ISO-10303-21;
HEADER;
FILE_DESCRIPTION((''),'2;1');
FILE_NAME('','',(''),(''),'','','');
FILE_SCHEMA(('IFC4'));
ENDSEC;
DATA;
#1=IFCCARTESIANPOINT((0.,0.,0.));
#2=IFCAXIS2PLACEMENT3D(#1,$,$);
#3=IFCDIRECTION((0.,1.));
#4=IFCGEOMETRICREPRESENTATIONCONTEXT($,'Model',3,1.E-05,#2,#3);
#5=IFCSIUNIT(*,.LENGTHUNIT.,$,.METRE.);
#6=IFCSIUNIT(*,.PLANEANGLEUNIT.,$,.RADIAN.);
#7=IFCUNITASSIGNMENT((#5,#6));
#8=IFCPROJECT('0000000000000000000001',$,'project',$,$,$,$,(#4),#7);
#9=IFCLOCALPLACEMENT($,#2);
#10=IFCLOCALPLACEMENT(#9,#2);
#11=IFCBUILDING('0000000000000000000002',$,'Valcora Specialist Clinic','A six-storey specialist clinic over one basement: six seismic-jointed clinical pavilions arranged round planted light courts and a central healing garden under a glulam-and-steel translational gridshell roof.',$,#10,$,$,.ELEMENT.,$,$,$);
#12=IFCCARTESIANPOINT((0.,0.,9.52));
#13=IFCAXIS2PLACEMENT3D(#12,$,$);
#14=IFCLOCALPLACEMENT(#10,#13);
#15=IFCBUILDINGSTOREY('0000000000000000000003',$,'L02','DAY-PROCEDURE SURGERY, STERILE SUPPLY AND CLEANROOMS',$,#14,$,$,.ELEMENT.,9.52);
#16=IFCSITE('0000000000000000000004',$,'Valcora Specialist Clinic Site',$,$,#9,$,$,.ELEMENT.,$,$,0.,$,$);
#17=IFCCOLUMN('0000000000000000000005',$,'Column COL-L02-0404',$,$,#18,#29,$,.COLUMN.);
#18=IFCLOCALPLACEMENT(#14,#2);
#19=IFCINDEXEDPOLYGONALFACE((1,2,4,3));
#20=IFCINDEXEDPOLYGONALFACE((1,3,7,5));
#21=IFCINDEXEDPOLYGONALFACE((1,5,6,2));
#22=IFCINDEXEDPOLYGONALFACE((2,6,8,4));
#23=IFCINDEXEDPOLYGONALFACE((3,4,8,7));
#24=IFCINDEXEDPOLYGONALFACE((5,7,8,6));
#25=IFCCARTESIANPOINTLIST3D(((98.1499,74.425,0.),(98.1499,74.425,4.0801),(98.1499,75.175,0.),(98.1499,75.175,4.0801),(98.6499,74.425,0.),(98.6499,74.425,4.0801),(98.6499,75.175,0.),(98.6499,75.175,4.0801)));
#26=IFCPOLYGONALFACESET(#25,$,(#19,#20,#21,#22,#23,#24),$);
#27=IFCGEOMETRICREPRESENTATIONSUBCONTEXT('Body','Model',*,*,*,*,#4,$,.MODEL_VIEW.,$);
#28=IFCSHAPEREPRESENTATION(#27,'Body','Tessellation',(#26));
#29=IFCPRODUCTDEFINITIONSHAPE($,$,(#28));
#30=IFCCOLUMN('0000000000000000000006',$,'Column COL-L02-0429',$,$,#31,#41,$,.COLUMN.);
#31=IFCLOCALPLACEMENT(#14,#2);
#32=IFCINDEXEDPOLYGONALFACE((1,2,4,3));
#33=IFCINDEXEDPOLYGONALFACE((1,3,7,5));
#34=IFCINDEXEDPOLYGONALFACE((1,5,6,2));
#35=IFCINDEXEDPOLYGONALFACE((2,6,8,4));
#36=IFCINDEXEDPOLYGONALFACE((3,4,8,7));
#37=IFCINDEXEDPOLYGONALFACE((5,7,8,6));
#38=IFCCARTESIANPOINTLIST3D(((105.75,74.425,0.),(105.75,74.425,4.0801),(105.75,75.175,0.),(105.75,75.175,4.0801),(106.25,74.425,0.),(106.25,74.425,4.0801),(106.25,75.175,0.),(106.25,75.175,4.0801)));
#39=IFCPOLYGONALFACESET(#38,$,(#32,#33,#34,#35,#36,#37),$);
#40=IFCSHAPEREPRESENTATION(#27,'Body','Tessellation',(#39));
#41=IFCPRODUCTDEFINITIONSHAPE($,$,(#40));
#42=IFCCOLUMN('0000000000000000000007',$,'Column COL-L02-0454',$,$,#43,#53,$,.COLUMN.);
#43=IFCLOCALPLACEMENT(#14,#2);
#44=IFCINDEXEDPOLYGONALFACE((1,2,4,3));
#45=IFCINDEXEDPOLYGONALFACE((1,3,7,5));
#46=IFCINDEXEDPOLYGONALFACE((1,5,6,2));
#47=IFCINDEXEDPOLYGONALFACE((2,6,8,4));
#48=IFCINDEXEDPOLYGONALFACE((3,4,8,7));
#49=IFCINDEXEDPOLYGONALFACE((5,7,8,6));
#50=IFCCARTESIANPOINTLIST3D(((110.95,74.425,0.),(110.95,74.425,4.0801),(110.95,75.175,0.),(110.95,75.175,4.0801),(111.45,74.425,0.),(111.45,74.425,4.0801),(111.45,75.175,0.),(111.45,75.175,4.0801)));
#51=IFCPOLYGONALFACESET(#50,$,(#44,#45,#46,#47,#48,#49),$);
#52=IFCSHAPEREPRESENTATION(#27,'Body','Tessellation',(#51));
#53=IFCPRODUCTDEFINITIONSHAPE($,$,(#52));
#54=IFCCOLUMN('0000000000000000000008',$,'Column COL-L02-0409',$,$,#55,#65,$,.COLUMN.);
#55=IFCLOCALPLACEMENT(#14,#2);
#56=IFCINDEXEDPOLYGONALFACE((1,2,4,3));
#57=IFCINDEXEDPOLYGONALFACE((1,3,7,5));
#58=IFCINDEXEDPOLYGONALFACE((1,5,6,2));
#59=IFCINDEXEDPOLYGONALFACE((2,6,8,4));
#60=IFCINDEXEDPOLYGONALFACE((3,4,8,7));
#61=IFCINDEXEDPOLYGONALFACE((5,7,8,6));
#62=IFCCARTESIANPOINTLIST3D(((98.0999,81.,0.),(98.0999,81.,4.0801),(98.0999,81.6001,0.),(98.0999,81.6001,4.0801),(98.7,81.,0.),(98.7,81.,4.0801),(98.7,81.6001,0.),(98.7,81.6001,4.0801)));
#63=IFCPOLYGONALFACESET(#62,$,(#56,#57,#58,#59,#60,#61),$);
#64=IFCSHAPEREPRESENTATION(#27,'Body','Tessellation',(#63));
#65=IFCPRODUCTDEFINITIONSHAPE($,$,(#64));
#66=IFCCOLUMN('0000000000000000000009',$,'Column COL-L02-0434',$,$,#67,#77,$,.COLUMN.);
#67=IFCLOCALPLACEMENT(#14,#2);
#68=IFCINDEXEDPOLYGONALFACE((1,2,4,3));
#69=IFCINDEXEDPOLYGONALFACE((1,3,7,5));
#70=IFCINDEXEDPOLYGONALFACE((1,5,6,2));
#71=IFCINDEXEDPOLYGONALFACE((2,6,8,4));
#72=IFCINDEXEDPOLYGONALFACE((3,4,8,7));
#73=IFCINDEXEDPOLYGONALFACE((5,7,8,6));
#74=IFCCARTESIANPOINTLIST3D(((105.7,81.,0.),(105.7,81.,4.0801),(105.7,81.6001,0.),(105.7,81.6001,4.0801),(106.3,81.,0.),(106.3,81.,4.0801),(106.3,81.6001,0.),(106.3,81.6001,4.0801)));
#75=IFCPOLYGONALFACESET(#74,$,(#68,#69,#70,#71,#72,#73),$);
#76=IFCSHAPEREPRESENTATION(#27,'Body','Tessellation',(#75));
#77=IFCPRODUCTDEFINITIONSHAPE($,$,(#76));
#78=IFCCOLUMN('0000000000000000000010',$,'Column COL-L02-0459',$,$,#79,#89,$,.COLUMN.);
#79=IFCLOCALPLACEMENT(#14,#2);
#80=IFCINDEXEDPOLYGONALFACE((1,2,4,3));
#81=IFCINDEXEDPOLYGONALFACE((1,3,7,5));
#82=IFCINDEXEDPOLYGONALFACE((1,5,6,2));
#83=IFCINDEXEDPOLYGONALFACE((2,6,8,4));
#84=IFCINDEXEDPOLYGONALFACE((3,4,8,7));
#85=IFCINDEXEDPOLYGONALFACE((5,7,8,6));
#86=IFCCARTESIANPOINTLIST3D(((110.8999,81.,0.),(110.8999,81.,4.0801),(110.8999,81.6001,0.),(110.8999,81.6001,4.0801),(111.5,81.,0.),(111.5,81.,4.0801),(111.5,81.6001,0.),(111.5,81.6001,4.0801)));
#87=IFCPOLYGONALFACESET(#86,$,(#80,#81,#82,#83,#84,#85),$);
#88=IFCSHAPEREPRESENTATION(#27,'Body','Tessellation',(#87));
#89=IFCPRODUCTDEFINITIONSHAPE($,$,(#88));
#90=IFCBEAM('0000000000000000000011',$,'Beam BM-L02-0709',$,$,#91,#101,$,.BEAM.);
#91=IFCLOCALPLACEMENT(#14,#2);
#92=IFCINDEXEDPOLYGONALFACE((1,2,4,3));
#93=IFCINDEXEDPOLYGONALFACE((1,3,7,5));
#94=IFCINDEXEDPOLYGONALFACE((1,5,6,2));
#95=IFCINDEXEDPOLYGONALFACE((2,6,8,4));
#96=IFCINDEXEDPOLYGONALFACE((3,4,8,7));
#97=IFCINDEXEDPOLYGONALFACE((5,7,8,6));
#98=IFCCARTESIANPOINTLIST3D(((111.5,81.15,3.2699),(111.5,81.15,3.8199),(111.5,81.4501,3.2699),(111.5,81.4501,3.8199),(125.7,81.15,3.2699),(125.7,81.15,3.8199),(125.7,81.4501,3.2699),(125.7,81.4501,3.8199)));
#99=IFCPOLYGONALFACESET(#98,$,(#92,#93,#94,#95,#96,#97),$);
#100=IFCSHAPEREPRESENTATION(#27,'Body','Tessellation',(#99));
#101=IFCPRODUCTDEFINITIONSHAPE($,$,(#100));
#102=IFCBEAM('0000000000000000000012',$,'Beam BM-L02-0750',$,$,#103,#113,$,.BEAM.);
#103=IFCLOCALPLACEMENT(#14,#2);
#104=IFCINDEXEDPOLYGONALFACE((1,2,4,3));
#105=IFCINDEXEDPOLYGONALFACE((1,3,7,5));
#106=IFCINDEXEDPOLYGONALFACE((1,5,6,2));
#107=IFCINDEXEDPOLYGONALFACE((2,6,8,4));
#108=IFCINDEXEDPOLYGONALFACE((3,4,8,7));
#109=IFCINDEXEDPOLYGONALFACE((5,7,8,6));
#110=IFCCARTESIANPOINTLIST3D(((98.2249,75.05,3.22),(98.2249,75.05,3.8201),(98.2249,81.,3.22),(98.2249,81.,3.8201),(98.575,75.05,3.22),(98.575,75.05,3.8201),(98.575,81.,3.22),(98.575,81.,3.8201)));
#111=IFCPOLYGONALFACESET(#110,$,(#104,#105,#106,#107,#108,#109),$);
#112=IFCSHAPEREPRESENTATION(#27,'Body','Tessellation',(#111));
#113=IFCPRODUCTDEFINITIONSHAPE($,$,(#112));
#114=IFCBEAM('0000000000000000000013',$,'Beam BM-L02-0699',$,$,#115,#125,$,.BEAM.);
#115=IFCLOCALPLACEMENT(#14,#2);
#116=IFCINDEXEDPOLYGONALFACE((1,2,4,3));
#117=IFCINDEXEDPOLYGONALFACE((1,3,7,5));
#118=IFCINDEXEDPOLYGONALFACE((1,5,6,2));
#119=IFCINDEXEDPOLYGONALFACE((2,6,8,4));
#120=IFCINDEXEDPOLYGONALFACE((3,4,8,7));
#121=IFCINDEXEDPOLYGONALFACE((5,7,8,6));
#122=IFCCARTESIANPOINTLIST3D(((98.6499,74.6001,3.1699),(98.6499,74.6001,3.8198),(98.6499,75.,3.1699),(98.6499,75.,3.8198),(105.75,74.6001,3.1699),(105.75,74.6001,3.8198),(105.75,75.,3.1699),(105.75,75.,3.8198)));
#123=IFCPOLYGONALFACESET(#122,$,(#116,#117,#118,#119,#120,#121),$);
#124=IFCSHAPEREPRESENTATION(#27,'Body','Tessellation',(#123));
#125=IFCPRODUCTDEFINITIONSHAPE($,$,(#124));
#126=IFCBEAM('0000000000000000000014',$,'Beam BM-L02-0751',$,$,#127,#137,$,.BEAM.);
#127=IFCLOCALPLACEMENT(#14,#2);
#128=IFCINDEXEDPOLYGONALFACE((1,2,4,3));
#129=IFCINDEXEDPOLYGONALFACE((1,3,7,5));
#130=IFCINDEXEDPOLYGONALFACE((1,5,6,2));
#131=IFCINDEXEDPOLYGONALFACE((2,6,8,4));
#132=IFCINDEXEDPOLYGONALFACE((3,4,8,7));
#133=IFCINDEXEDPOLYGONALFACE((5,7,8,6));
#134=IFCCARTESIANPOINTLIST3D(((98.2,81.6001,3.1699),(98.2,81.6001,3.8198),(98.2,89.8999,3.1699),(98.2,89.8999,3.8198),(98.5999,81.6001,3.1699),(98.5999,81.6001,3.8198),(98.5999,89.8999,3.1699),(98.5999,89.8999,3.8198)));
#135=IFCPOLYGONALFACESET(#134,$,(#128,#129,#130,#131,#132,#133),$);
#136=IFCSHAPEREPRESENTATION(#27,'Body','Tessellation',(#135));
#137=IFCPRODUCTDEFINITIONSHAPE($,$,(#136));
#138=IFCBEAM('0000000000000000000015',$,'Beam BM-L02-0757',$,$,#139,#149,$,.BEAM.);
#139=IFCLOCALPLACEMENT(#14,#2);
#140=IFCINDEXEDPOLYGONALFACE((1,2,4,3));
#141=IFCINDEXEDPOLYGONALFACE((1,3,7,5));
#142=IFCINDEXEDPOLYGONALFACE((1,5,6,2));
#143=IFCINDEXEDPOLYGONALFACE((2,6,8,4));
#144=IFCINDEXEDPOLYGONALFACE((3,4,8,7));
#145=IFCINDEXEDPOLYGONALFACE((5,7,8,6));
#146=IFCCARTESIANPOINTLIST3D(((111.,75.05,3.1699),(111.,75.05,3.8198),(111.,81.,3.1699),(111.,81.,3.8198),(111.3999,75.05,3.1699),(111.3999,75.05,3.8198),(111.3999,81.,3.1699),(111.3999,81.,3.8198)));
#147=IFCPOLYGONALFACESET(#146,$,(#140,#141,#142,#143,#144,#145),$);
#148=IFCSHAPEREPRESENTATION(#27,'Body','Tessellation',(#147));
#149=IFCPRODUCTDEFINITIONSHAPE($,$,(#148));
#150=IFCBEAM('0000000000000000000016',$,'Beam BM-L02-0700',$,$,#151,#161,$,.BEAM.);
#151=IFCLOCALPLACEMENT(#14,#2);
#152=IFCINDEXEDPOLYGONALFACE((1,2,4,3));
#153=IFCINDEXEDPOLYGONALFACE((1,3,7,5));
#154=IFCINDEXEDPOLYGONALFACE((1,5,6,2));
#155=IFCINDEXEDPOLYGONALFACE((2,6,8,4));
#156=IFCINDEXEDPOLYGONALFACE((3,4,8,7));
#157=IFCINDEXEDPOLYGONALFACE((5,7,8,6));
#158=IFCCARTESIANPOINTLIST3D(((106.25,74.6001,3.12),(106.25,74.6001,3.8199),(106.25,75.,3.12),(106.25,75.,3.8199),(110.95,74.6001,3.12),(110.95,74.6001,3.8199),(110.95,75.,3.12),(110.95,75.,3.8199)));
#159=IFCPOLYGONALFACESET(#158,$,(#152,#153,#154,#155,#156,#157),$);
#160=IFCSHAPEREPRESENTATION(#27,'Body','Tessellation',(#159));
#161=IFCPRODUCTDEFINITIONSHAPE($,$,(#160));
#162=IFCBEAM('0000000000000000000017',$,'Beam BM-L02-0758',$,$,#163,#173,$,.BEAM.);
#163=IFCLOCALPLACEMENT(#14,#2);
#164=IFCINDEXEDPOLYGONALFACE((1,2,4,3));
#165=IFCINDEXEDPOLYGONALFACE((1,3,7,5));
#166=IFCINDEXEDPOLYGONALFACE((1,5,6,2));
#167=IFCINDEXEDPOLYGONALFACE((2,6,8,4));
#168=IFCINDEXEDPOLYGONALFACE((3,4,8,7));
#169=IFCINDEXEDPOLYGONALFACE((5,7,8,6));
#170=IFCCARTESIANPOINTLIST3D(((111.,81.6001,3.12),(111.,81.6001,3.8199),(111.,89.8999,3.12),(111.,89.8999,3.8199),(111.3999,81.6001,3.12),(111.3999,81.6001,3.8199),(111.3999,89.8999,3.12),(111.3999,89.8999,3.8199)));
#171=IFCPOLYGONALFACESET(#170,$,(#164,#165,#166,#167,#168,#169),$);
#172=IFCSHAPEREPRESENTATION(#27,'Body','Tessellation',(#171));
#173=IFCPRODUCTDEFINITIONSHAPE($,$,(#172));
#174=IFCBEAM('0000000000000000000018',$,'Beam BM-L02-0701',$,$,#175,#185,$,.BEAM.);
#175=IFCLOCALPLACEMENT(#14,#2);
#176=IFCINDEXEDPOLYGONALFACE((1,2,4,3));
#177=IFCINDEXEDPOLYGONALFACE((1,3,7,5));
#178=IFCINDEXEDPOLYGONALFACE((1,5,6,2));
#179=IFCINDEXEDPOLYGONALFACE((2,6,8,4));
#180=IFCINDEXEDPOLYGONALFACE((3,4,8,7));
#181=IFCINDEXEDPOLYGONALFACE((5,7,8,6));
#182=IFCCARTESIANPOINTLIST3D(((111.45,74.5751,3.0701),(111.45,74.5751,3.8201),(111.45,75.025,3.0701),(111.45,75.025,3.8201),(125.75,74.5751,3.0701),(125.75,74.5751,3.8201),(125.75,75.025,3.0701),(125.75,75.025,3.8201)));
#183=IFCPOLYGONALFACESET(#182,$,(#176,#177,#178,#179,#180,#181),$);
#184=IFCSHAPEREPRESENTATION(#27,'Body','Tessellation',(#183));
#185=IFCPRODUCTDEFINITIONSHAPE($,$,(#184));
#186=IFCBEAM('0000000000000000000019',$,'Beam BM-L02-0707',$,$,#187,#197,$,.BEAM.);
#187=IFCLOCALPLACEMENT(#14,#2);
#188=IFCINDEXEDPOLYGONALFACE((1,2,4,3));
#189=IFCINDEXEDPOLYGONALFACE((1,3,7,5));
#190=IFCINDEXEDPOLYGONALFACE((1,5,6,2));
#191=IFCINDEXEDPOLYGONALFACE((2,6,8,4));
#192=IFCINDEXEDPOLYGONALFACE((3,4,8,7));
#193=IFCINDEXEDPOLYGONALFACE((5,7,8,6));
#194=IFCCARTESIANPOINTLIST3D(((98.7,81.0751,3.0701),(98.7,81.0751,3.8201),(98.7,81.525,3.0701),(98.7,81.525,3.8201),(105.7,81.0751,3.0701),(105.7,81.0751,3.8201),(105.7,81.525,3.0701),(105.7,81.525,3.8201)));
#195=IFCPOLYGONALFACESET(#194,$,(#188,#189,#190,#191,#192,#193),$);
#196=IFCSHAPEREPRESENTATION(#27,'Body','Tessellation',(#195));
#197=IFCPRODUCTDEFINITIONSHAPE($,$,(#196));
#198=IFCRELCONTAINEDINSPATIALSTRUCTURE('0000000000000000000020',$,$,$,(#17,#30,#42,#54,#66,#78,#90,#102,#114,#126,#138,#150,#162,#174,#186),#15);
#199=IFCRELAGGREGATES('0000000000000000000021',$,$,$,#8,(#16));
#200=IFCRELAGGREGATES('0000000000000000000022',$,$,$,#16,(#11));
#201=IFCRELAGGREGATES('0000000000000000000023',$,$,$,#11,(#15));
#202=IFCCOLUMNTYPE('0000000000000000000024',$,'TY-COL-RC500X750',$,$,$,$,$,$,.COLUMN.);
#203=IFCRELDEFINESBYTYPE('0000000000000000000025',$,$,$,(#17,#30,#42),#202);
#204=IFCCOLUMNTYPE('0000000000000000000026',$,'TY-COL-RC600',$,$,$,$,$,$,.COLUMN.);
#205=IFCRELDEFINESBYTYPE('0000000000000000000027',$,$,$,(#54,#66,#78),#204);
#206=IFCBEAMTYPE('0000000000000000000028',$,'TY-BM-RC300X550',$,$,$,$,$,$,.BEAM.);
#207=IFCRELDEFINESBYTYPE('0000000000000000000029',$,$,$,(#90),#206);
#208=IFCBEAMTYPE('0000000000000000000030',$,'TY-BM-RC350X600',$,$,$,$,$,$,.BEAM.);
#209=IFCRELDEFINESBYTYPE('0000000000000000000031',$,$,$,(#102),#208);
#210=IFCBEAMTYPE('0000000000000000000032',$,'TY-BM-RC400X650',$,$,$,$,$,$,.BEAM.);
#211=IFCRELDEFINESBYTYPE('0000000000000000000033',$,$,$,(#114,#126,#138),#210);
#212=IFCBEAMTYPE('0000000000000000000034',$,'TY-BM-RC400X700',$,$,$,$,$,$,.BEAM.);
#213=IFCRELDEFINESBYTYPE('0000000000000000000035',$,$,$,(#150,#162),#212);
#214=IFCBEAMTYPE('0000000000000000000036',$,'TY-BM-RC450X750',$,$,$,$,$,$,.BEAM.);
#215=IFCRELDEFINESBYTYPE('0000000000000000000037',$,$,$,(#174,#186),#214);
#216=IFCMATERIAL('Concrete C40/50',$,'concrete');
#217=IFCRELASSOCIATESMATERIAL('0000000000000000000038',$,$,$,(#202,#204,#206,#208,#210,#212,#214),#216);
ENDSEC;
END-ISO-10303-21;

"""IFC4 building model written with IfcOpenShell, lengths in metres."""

from ifc_helpers import new_model, si_unit, direction, frame, origin, origin_2d, place, context, subcontext, project, spatial, rectangle, extrude, material, material_profile, profile_set, type_object, element, save


model = new_model("IFC4")

# Units and contexts
model_context = context("Model", 3, precision=1e-05, world=origin(), true_north=direction((0.0, 1.0)))
body_context = subcontext(model_context, "Body", "Model", "MODEL_VIEW")
ifc_project = project(units=[si_unit("LENGTHUNIT", "METRE"), si_unit("PLANEANGLEUNIT", "RADIAN")], contexts=[model_context])

# Site, building, storey
site_placement = place(None, origin())
site = spatial("IfcSite", under=ifc_project, at=site_placement, Name="Valcora Specialist Clinic Site", CompositionType="ELEMENT", RefElevation=0.0)
building_placement = place(site_placement, origin())
building = spatial("IfcBuilding", under=site, at=building_placement, Name="Valcora Specialist Clinic", Description="A six-storey specialist clinic over one basement: six seismic-jointed clinical pavilions arranged round planted light courts and a central healing garden under a glulam-and-steel translational gridshell roof.", CompositionType="ELEMENT")
storey_placement = place(building_placement, frame((0.0, 0.0, 9.52)))
storey = spatial("IfcBuildingStorey", under=building, at=storey_placement, Name="L02", Description="DAY-PROCEDURE SURGERY, STERILE SUPPLY AND CLEANROOMS", CompositionType="ELEMENT", Elevation=9.52)

# Columns
ifc_material_1 = material(Name="Concrete C40/50", Category="concrete")
ifc_material_profile_1 = material_profile(ifc_material_1, rectangle(XDim=0.5, YDim=0.75, at=origin_2d()), Name="RC-COL-500X750")
ifc_profile_set_1 = profile_set([ifc_material_profile_1], Name="Concrete C40/50")
column_type_1 = type_object("IfcColumnType", Name="TY-COL-RC500X750", PredefinedType="COLUMN", material=ifc_profile_set_1)
for number, where, z_axis, x_axis, name in (
    (1, (98.3999, 74.8, 0.0), (0.0, 0.0, 1.0), (1.0, 0.0, 0.0), "Column COL-L02-0404"),
    (2, (106.0, 74.8, 0.0), (0.0, 0.0, 1.0), (1.0, 0.0, 0.0), "Column COL-L02-0429"),
    (3, (111.2, 74.8, 0.0), (0.0, 0.0, 1.0), (1.0, 0.0, 0.0), "Column COL-L02-0454"),
):
    element("IfcColumn", number, at=place(storey_placement, frame(where, z_axis=z_axis, x_axis=x_axis)), inside=storey, type_object=column_type_1, Name=name, PredefinedType="COLUMN", context=body_context, shape_type="SweptSolid", body=[
        extrude(rectangle(XDim=0.5, YDim=0.75, at=origin_2d()), origin(), (0.0, 0.0, 1.0), 4.0801),
    ])
ifc_material_profile_2 = material_profile(ifc_material_1, rectangle(XDim=0.6001, YDim=0.6001, at=origin_2d()), Name="RC-COL-600X600")
ifc_profile_set_2 = profile_set([ifc_material_profile_2], Name="Concrete C40/50")
column_type_2 = type_object("IfcColumnType", Name="TY-COL-RC600", PredefinedType="COLUMN", material=ifc_profile_set_2)
for number, where, z_axis, x_axis, name in (
    (4, (98.3999, 81.3, 0.0), (0.0, 0.0, 1.0), (1.0, 0.0, 0.0), "Column COL-L02-0409"),
    (5, (106.0, 81.3, 0.0), (0.0, 0.0, 1.0), (1.0, 0.0, 0.0), "Column COL-L02-0434"),
    (6, (111.2, 81.3, 0.0), (0.0, 0.0, 1.0), (1.0, 0.0, 0.0), "Column COL-L02-0459"),
):
    element("IfcColumn", number, at=place(storey_placement, frame(where, z_axis=z_axis, x_axis=x_axis)), inside=storey, type_object=column_type_2, Name=name, PredefinedType="COLUMN", context=body_context, shape_type="SweptSolid", body=[
        extrude(rectangle(XDim=0.6001, YDim=0.6001, at=origin_2d()), origin(), (0.0, 0.0, 1.0), 4.0801),
    ])

# Beams
ifc_material_profile_3 = material_profile(ifc_material_1, rectangle(XDim=0.3, YDim=0.55, at=origin_2d()), Name="RC-BM-300X550")
ifc_profile_set_3 = profile_set([ifc_material_profile_3], Name="Concrete C40/50")
beam_type_1 = type_object("IfcBeamType", Name="TY-BM-RC300X550", PredefinedType="BEAM", material=ifc_profile_set_3)
beam_1_placement = place(storey_placement, frame((111.5, 81.3, 3.5449), z_axis=(1.0, 0.0, 0.0), x_axis=(0.0, 1.0, 0.0)))
element("IfcBeam", 7, at=beam_1_placement, inside=storey, type_object=beam_type_1, Name="Beam BM-L02-0709", PredefinedType="BEAM", context=body_context, shape_type="SweptSolid", body=[
    extrude(rectangle(XDim=0.3, YDim=0.55, at=origin_2d()), origin(), (0.0, 0.0, 1.0), 14.2),
])
ifc_material_profile_4 = material_profile(ifc_material_1, rectangle(XDim=0.3501, YDim=0.6001, at=origin_2d()), Name="RC-BM-350X600")
ifc_profile_set_4 = profile_set([ifc_material_profile_4], Name="Concrete C40/50")
beam_type_2 = type_object("IfcBeamType", Name="TY-BM-RC350X600", PredefinedType="BEAM", material=ifc_profile_set_4)
beam_2_placement = place(storey_placement, frame((98.3999, 75.05, 3.52), z_axis=(0.0, 1.0, 0.0), x_axis=(-1.0, 0.0, 0.0)))
element("IfcBeam", 8, at=beam_2_placement, inside=storey, type_object=beam_type_2, Name="Beam BM-L02-0750", PredefinedType="BEAM", context=body_context, shape_type="SweptSolid", body=[
    extrude(rectangle(XDim=0.3501, YDim=0.6001, at=origin_2d()), origin(), (0.0, 0.0, 1.0), 5.95),
])
ifc_material_profile_5 = material_profile(ifc_material_1, rectangle(XDim=0.3999, YDim=0.6499, at=origin_2d()), Name="RC-BM-400X650")
ifc_profile_set_5 = profile_set([ifc_material_profile_5], Name="Concrete C40/50")
beam_type_3 = type_object("IfcBeamType", Name="TY-BM-RC400X650", PredefinedType="BEAM", material=ifc_profile_set_5)
beam_3_placement = place(storey_placement, frame((98.6499, 74.8, 3.4949), z_axis=(1.0, 0.0, 0.0), x_axis=(0.0, 1.0, 0.0)))
element("IfcBeam", 9, at=beam_3_placement, inside=storey, type_object=beam_type_3, Name="Beam BM-L02-0699", PredefinedType="BEAM", context=body_context, shape_type="SweptSolid", body=[
    extrude(rectangle(XDim=0.3999, YDim=0.6499, at=origin_2d()), origin(), (0.0, 0.0, 1.0), 7.1001),
])
beam_4_placement = place(storey_placement, frame((98.3999, 81.6001, 3.4949), z_axis=(0.0, 1.0, 0.0), x_axis=(-1.0, 0.0, 0.0)))
element("IfcBeam", 10, at=beam_4_placement, inside=storey, type_object=beam_type_3, Name="Beam BM-L02-0751", PredefinedType="BEAM", context=body_context, shape_type="SweptSolid", body=[
    extrude(rectangle(XDim=0.3999, YDim=0.6499, at=origin_2d()), origin(), (0.0, 0.0, 1.0), 8.2998),
])
beam_5_placement = place(storey_placement, frame((111.2, 75.05, 3.4949), z_axis=(0.0, 1.0, 0.0), x_axis=(-1.0, 0.0, 0.0)))
element("IfcBeam", 11, at=beam_5_placement, inside=storey, type_object=beam_type_3, Name="Beam BM-L02-0757", PredefinedType="BEAM", context=body_context, shape_type="SweptSolid", body=[
    extrude(rectangle(XDim=0.3999, YDim=0.6499, at=origin_2d()), origin(), (0.0, 0.0, 1.0), 5.95),
])
ifc_material_profile_6 = material_profile(ifc_material_1, rectangle(XDim=0.3999, YDim=0.7, at=origin_2d()), Name="RC-BM-400X700")
ifc_profile_set_6 = profile_set([ifc_material_profile_6], Name="Concrete C40/50")
beam_type_4 = type_object("IfcBeamType", Name="TY-BM-RC400X700", PredefinedType="BEAM", material=ifc_profile_set_6)
beam_6_placement = place(storey_placement, frame((106.25, 74.8, 3.47), z_axis=(1.0, 0.0, 0.0), x_axis=(0.0, 1.0, 0.0)))
element("IfcBeam", 12, at=beam_6_placement, inside=storey, type_object=beam_type_4, Name="Beam BM-L02-0700", PredefinedType="BEAM", context=body_context, shape_type="SweptSolid", body=[
    extrude(rectangle(XDim=0.3999, YDim=0.7, at=origin_2d()), origin(), (0.0, 0.0, 1.0), 4.7),
])
beam_7_placement = place(storey_placement, frame((111.2, 81.6001, 3.47), z_axis=(0.0, 1.0, 0.0), x_axis=(-1.0, 0.0, 0.0)))
element("IfcBeam", 13, at=beam_7_placement, inside=storey, type_object=beam_type_4, Name="Beam BM-L02-0758", PredefinedType="BEAM", context=body_context, shape_type="SweptSolid", body=[
    extrude(rectangle(XDim=0.3999, YDim=0.7, at=origin_2d()), origin(), (0.0, 0.0, 1.0), 8.2998),
])
ifc_material_profile_7 = material_profile(ifc_material_1, rectangle(XDim=0.45, YDim=0.75, at=origin_2d()), Name="RC-BM-450X750")
ifc_profile_set_7 = profile_set([ifc_material_profile_7], Name="Concrete C40/50")
beam_type_5 = type_object("IfcBeamType", Name="TY-BM-RC450X750", PredefinedType="BEAM", material=ifc_profile_set_7)
beam_8_placement = place(storey_placement, frame((111.45, 74.8, 3.4451), z_axis=(1.0, 0.0, 0.0), x_axis=(0.0, 1.0, 0.0)))
element("IfcBeam", 14, at=beam_8_placement, inside=storey, type_object=beam_type_5, Name="Beam BM-L02-0701", PredefinedType="BEAM", context=body_context, shape_type="SweptSolid", body=[
    extrude(rectangle(XDim=0.45, YDim=0.75, at=origin_2d()), origin(), (0.0, 0.0, 1.0), 14.3),
])
beam_9_placement = place(storey_placement, frame((98.7, 81.3, 3.4451), z_axis=(1.0, 0.0, 0.0), x_axis=(0.0, 1.0, 0.0)))
element("IfcBeam", 15, at=beam_9_placement, inside=storey, type_object=beam_type_5, Name="Beam BM-L02-0707", PredefinedType="BEAM", context=body_context, shape_type="SweptSolid", body=[
    extrude(rectangle(XDim=0.45, YDim=0.75, at=origin_2d()), origin(), (0.0, 0.0, 1.0), 7.0),
])

save(model, "model.ifc")
